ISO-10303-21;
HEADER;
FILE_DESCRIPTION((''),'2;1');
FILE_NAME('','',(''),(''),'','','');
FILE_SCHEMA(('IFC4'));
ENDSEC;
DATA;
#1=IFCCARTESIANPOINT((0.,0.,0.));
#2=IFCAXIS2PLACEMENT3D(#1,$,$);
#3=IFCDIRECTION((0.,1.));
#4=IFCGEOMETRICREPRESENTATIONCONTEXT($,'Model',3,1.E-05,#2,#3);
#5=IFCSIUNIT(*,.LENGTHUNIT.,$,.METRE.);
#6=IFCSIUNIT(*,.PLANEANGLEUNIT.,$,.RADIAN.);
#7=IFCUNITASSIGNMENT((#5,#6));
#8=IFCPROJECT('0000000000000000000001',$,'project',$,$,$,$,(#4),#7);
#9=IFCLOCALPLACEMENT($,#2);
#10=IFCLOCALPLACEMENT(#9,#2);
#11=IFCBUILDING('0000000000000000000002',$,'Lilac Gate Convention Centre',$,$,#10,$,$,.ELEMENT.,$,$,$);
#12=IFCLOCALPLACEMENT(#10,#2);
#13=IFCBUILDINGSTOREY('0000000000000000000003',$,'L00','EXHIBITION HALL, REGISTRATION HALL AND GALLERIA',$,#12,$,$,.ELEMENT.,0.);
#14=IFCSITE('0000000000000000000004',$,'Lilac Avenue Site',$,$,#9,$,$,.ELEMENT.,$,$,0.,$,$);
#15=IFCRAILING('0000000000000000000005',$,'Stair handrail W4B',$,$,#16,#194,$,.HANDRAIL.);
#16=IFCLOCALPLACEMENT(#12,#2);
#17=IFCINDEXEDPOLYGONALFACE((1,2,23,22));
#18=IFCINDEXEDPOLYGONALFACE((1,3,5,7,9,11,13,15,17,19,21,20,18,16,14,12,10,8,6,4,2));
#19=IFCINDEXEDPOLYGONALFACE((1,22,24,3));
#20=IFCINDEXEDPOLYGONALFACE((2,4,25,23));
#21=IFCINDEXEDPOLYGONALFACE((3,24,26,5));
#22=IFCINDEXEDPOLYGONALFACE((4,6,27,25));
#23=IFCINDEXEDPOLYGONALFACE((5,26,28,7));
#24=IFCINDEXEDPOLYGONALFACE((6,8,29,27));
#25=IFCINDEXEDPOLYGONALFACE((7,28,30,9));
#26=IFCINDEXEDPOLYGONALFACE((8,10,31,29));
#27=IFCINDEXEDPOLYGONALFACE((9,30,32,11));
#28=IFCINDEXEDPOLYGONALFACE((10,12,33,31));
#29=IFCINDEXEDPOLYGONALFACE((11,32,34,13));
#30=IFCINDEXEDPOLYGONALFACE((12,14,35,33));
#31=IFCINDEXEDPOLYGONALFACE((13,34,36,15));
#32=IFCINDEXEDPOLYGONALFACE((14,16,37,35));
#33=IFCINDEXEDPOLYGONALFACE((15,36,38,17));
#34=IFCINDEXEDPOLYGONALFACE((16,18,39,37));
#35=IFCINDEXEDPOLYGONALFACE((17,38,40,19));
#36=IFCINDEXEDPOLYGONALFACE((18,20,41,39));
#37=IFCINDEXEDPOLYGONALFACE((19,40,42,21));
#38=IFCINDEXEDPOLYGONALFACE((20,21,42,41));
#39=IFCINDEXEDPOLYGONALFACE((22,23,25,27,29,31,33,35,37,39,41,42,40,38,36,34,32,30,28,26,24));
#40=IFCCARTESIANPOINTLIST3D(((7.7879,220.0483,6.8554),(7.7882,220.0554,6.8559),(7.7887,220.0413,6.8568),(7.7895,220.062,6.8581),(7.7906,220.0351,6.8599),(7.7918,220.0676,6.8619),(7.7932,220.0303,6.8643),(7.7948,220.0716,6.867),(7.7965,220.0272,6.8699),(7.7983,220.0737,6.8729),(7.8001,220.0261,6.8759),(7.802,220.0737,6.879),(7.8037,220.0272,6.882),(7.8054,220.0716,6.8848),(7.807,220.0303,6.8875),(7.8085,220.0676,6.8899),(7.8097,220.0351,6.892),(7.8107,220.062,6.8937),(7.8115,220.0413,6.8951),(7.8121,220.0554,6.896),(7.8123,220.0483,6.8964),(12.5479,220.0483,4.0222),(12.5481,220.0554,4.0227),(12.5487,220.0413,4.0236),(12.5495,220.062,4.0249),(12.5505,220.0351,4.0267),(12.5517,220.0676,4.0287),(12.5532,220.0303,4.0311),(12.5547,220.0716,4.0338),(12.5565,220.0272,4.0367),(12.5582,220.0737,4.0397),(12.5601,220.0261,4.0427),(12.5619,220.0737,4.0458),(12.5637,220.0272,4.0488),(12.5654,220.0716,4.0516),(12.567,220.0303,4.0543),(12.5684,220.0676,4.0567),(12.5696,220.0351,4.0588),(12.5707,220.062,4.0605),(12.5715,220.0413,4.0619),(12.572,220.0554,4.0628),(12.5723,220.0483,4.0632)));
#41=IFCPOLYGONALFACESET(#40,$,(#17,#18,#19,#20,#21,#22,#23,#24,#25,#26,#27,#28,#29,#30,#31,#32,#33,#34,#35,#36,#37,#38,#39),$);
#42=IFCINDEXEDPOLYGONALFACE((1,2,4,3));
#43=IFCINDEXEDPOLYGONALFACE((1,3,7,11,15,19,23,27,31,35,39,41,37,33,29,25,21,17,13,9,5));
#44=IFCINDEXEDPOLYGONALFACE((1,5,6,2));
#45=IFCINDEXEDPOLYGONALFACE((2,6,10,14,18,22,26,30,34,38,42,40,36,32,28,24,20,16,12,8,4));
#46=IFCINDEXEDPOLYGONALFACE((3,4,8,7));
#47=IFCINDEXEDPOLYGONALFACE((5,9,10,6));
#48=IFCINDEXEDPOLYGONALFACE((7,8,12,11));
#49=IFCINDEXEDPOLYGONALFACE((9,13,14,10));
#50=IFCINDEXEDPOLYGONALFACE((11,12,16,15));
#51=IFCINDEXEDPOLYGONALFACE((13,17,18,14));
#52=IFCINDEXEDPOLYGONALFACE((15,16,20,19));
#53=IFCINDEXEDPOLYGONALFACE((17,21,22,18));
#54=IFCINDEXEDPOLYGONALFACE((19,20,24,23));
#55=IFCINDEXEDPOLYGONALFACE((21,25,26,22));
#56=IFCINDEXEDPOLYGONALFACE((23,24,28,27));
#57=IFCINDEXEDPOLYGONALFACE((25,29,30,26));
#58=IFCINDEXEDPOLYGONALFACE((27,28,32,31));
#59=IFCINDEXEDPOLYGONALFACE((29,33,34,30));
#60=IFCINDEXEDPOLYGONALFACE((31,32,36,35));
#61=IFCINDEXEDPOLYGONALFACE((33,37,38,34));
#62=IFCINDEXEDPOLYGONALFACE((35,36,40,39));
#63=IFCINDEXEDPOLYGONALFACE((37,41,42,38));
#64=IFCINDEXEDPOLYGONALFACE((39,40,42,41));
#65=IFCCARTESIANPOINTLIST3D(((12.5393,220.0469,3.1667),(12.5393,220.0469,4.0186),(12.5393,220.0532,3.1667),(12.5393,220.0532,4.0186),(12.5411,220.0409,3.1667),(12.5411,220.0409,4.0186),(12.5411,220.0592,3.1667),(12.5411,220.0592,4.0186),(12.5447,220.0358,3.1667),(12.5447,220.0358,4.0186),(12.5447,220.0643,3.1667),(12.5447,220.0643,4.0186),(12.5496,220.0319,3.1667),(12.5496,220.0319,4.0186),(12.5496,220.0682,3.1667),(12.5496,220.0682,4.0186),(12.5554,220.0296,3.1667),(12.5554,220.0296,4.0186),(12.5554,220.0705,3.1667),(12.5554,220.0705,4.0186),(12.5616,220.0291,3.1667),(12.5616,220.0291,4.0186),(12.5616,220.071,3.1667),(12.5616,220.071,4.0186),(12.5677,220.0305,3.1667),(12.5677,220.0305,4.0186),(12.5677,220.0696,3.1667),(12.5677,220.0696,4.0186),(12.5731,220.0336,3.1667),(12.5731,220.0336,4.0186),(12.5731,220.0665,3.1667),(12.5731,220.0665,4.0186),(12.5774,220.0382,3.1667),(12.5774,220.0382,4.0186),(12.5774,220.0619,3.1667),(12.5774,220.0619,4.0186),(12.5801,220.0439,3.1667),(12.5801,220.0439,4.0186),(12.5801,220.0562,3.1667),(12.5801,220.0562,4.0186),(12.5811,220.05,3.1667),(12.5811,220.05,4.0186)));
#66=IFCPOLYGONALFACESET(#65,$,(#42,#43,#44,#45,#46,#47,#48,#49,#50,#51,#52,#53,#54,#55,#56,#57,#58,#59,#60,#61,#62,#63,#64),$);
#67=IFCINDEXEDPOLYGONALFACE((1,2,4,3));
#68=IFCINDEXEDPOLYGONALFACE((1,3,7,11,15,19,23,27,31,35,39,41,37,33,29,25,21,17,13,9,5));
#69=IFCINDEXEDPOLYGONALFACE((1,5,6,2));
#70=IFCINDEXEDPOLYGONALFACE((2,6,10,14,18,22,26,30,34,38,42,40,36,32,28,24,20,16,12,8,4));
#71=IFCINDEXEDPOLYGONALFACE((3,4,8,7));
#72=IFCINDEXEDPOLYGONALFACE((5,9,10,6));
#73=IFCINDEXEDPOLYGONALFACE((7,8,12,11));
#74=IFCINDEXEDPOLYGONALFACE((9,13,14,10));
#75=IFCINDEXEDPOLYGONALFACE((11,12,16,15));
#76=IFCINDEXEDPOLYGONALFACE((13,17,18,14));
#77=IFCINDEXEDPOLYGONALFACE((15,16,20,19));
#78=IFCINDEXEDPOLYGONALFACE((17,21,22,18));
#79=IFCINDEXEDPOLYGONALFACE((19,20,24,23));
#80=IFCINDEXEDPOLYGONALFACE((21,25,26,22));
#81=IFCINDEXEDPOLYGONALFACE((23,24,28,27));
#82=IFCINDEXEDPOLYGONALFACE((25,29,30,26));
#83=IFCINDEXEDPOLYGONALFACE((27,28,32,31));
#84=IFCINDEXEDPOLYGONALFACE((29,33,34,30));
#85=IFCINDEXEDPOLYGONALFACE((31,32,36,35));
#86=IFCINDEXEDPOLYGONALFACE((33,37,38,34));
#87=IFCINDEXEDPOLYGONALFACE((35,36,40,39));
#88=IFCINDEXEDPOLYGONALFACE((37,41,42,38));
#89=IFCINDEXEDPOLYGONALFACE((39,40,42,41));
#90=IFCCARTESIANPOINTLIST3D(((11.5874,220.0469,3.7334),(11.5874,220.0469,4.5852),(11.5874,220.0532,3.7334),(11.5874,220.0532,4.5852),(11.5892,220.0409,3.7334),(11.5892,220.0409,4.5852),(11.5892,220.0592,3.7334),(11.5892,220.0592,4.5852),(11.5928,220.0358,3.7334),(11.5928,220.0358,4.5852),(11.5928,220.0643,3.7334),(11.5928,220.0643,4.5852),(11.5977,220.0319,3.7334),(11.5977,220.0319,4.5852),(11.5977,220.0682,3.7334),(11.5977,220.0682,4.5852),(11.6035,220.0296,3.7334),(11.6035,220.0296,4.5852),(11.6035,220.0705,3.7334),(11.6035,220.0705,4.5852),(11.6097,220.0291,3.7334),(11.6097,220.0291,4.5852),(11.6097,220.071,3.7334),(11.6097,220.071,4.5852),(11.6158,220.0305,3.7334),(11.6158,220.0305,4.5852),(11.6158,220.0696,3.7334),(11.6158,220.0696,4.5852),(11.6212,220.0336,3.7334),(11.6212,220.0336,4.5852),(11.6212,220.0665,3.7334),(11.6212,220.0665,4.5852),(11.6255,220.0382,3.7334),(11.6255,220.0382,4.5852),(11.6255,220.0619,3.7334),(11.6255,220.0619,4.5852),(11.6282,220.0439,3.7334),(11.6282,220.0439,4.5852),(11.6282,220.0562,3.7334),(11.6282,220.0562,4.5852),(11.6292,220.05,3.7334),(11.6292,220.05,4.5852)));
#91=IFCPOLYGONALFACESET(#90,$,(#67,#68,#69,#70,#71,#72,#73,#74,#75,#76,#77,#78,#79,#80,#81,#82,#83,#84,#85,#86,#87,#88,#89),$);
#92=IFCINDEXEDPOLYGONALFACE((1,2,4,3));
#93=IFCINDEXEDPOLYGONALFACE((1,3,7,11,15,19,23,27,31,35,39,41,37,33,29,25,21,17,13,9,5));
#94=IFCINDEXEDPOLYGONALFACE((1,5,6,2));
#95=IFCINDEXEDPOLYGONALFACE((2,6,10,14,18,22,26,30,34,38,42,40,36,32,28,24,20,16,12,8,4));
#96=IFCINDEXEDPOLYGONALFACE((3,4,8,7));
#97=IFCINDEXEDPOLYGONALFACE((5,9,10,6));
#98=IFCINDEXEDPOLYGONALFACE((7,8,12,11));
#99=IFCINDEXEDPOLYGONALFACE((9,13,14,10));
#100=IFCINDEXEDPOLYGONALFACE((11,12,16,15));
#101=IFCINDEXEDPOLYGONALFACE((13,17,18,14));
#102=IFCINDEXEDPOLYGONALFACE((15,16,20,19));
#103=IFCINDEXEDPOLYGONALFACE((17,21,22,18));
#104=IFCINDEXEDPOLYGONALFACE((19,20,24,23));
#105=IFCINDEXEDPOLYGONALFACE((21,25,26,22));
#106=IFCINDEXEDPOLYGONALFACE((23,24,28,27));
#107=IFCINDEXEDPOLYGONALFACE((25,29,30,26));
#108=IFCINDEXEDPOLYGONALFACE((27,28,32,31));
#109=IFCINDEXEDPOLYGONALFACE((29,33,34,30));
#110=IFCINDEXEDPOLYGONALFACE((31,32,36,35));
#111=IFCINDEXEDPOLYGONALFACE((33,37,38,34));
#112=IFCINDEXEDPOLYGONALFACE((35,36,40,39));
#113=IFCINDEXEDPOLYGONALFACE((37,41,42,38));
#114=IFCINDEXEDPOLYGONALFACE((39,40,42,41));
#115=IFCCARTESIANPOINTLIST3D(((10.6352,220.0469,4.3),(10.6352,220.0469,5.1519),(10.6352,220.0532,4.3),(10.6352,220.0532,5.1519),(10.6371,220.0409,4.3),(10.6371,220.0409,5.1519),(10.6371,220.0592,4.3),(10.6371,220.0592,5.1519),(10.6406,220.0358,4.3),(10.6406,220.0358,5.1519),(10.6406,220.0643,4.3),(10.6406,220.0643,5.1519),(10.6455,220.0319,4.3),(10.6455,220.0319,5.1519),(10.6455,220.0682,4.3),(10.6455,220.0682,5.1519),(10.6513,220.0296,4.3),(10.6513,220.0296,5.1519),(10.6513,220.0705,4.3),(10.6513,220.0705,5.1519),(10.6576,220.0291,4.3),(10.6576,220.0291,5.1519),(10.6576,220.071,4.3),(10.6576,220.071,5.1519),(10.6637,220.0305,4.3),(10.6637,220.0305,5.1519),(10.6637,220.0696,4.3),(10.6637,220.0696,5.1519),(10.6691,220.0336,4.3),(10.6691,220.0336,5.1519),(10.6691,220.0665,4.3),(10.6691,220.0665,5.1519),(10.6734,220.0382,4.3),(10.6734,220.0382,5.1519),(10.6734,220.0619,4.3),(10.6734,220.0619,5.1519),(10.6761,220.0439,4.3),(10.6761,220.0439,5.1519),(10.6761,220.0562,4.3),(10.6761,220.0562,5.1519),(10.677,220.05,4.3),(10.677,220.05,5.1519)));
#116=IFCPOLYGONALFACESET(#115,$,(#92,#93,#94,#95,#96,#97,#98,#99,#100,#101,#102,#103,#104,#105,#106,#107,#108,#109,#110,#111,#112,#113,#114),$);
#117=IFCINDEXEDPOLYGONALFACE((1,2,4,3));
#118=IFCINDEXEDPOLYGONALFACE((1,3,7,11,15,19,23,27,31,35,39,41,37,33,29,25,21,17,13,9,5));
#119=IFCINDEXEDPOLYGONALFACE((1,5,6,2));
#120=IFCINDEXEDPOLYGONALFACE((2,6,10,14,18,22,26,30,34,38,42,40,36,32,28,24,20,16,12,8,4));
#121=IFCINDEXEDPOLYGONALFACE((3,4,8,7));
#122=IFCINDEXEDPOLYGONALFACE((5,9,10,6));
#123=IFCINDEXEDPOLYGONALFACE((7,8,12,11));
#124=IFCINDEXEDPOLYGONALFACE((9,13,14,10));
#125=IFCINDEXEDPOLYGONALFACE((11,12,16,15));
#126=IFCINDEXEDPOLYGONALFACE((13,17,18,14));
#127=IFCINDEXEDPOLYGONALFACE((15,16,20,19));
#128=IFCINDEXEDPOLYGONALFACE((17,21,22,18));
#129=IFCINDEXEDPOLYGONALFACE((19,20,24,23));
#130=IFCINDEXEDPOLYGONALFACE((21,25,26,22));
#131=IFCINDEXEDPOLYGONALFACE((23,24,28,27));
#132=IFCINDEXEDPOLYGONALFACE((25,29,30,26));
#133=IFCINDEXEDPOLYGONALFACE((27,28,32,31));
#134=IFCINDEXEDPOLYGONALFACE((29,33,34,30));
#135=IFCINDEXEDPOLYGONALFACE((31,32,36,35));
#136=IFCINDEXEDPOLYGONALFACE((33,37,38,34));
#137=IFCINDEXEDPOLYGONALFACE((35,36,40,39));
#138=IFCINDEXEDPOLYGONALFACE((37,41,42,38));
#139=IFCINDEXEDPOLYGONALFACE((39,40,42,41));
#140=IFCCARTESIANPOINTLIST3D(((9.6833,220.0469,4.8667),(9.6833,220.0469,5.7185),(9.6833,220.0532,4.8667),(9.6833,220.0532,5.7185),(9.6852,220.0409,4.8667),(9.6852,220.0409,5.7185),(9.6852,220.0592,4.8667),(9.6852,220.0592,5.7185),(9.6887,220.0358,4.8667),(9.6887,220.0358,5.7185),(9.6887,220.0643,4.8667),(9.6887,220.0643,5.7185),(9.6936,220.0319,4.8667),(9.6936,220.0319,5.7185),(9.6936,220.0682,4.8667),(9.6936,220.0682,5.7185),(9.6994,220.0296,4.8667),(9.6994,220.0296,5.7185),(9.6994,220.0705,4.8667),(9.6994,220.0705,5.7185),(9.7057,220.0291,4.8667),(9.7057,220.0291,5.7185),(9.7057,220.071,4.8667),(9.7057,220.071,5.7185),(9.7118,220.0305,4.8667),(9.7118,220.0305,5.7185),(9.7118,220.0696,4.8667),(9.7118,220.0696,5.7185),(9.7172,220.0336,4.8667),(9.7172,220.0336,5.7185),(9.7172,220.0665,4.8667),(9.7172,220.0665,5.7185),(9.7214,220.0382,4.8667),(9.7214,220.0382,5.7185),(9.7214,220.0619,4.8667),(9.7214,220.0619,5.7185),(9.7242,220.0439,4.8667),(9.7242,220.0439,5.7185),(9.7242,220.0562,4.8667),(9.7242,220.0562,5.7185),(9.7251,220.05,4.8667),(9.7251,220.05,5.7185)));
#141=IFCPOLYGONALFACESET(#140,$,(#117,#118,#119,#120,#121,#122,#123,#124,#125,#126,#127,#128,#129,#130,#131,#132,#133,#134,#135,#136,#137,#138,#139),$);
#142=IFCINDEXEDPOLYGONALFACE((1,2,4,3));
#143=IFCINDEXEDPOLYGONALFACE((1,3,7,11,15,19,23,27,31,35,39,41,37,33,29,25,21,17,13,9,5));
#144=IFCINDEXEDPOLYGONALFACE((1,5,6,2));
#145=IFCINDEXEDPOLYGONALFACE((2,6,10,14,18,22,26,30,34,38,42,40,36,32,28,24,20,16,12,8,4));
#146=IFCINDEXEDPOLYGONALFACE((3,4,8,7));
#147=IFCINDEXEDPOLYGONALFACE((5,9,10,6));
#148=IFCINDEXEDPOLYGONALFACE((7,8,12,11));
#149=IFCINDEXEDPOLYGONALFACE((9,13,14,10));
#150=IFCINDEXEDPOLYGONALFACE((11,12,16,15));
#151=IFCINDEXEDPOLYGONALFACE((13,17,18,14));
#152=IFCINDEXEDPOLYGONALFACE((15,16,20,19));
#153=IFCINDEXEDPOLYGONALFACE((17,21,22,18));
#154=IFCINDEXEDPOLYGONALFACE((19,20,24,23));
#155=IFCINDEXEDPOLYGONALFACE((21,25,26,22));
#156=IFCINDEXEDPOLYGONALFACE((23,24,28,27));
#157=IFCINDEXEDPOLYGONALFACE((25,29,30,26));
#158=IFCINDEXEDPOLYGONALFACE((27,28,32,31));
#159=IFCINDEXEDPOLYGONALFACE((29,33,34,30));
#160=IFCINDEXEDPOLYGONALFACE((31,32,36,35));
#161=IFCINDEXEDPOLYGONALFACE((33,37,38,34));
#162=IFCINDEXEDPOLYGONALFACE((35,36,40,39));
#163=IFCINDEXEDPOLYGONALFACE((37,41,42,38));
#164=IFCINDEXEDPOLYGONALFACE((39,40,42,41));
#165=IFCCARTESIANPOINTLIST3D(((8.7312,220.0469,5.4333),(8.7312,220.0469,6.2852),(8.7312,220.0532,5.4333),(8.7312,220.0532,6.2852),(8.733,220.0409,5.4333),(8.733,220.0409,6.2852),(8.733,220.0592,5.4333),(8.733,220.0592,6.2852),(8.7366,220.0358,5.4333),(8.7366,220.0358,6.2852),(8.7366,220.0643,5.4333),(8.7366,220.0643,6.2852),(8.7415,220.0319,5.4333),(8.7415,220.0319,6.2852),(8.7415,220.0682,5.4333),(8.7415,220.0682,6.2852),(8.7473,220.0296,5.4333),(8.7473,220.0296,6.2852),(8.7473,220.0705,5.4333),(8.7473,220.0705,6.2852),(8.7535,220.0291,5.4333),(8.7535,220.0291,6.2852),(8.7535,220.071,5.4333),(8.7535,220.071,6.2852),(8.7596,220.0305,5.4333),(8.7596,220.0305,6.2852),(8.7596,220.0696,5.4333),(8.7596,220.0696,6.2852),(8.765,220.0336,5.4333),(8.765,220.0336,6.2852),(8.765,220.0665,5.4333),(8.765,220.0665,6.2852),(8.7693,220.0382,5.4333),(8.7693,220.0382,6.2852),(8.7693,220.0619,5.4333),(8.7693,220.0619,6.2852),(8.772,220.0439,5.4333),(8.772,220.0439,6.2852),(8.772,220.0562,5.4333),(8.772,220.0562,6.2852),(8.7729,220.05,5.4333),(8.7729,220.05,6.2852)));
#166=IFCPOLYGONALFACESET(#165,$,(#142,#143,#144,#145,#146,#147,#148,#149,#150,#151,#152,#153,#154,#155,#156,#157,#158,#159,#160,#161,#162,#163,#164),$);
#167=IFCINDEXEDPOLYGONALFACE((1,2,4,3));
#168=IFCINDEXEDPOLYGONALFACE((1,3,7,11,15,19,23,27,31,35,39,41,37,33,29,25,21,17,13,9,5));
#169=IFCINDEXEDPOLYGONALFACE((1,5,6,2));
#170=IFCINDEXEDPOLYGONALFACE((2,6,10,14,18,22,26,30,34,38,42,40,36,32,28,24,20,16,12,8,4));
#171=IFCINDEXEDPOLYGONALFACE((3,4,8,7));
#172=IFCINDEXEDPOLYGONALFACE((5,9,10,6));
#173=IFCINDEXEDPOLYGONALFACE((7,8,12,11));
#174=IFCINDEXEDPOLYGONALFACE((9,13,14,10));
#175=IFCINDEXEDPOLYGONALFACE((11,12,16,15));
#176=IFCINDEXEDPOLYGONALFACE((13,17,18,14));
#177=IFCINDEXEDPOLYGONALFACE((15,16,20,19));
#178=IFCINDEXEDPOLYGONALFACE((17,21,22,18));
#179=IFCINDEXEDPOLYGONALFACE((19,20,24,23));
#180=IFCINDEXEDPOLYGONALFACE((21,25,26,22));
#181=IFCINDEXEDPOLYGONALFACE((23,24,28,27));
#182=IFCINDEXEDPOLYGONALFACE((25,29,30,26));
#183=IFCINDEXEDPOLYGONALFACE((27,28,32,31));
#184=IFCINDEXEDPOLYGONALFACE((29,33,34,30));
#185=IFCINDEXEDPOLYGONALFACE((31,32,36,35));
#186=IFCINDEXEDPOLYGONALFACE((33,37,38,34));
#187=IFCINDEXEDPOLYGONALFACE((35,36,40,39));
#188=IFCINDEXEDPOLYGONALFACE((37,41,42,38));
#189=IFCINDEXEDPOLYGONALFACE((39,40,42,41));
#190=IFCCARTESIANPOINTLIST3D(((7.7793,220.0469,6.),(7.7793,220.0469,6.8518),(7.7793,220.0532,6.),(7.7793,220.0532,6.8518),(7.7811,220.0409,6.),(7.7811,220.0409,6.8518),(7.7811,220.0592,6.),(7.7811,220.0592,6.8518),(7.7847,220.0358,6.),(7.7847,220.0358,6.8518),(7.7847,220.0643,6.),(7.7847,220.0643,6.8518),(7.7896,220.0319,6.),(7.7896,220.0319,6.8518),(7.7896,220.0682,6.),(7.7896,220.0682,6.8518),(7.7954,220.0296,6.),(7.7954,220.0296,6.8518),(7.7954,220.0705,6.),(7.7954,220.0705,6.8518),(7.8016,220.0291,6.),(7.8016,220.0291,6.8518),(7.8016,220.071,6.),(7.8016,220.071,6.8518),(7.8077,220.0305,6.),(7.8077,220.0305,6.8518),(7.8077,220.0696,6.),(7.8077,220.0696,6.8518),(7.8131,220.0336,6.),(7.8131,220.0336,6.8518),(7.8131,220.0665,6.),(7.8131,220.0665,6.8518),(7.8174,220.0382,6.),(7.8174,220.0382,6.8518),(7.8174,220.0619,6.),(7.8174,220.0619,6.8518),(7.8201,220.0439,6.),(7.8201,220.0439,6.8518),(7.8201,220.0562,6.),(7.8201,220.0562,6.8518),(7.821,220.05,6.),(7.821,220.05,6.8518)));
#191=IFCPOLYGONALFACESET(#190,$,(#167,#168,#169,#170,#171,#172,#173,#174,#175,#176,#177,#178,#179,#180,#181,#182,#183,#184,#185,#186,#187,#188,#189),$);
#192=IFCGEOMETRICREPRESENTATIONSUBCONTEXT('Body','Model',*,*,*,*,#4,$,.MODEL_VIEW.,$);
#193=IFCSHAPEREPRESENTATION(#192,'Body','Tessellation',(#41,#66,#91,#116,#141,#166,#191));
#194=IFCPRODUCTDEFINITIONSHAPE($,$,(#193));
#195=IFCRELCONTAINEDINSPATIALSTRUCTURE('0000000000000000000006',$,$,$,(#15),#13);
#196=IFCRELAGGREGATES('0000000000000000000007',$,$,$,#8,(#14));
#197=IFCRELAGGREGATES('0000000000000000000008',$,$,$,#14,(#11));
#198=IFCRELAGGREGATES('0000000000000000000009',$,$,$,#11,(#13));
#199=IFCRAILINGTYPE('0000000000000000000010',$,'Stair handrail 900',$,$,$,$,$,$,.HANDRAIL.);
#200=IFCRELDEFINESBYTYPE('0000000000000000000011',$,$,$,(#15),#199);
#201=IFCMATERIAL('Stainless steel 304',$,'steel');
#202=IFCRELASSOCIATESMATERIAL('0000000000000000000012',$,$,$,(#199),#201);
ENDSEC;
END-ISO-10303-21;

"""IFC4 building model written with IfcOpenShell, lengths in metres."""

from ifc_helpers import new_model, si_unit, direction, frame, origin, origin_2d, place, context, subcontext, project, spatial, circle, extrude, material, type_object, element, save


model = new_model("IFC4")

# Units and contexts
model_context = context("Model", 3, precision=1e-05, world=origin(), true_north=direction((0.0, 1.0)))
body_context = subcontext(model_context, "Body", "Model", "MODEL_VIEW")
ifc_project = project(units=[si_unit("LENGTHUNIT", "METRE"), si_unit("PLANEANGLEUNIT", "RADIAN")], contexts=[model_context])

# Site, building, storey
site_placement = place(None, origin())
site = spatial("IfcSite", under=ifc_project, at=site_placement, Name="Lilac Avenue Site", CompositionType="ELEMENT", RefElevation=0.0)
building_placement = place(site_placement, origin())
building = spatial("IfcBuilding", under=site, at=building_placement, Name="Lilac Gate Convention Centre", CompositionType="ELEMENT")
storey_placement = place(building_placement, origin())
storey = spatial("IfcBuildingStorey", under=building, at=storey_placement, Name="L00", Description="EXHIBITION HALL, REGISTRATION HALL AND GALLERIA", CompositionType="ELEMENT", Elevation=0.0)

# Shared definitions
ifc_material_1 = material(Name="Stainless steel 304", Category="steel")

# Railing
railing_type = type_object("IfcRailingType", Name="Stair handrail 900", PredefinedType="HANDRAIL", material=ifc_material_1)
railing_placement = place(storey_placement, frame((12.5601, 220.05, 3.1667)))
element("IfcRailing", 1, at=railing_placement, inside=storey, type_object=railing_type, Name="Stair handrail W4B", PredefinedType="HANDRAIL", context=body_context, shape_type="SweptSolid", body=[
    extrude(circle(Radius=0.0239, at=origin_2d()), frame((0.0, 0.0, 0.876), z_axis=(-0.8593, 0.0, 0.511472), x_axis=(0.0, -1.0, 0.0)), (0.0, 0.0, 1.0), 5.5393),
    extrude(circle(Radius=0.021, at=origin_2d()), origin(), (0.0, 0.0, 1.0), 0.8518),
    extrude(circle(Radius=0.021, at=origin_2d()), frame((-0.9519, 0.0, 0.5667)), (0.0, 0.0, 1.0), 0.8518),
    extrude(circle(Radius=0.021, at=origin_2d()), frame((-1.9041, 0.0, 1.1333)), (0.0, 0.0, 1.0), 0.8518),
    extrude(circle(Radius=0.021, at=origin_2d()), frame((-2.856, 0.0, 1.7)), (0.0, 0.0, 1.0), 0.8518),
    extrude(circle(Radius=0.021, at=origin_2d()), frame((-3.8081, 0.0, 2.2666)), (0.0, 0.0, 1.0), 0.8518),
    extrude(circle(Radius=0.021, at=origin_2d()), frame((-4.76, 0.0, 2.8333)), (0.0, 0.0, 1.0), 0.8518),
])

save(model, "model.ifc")
